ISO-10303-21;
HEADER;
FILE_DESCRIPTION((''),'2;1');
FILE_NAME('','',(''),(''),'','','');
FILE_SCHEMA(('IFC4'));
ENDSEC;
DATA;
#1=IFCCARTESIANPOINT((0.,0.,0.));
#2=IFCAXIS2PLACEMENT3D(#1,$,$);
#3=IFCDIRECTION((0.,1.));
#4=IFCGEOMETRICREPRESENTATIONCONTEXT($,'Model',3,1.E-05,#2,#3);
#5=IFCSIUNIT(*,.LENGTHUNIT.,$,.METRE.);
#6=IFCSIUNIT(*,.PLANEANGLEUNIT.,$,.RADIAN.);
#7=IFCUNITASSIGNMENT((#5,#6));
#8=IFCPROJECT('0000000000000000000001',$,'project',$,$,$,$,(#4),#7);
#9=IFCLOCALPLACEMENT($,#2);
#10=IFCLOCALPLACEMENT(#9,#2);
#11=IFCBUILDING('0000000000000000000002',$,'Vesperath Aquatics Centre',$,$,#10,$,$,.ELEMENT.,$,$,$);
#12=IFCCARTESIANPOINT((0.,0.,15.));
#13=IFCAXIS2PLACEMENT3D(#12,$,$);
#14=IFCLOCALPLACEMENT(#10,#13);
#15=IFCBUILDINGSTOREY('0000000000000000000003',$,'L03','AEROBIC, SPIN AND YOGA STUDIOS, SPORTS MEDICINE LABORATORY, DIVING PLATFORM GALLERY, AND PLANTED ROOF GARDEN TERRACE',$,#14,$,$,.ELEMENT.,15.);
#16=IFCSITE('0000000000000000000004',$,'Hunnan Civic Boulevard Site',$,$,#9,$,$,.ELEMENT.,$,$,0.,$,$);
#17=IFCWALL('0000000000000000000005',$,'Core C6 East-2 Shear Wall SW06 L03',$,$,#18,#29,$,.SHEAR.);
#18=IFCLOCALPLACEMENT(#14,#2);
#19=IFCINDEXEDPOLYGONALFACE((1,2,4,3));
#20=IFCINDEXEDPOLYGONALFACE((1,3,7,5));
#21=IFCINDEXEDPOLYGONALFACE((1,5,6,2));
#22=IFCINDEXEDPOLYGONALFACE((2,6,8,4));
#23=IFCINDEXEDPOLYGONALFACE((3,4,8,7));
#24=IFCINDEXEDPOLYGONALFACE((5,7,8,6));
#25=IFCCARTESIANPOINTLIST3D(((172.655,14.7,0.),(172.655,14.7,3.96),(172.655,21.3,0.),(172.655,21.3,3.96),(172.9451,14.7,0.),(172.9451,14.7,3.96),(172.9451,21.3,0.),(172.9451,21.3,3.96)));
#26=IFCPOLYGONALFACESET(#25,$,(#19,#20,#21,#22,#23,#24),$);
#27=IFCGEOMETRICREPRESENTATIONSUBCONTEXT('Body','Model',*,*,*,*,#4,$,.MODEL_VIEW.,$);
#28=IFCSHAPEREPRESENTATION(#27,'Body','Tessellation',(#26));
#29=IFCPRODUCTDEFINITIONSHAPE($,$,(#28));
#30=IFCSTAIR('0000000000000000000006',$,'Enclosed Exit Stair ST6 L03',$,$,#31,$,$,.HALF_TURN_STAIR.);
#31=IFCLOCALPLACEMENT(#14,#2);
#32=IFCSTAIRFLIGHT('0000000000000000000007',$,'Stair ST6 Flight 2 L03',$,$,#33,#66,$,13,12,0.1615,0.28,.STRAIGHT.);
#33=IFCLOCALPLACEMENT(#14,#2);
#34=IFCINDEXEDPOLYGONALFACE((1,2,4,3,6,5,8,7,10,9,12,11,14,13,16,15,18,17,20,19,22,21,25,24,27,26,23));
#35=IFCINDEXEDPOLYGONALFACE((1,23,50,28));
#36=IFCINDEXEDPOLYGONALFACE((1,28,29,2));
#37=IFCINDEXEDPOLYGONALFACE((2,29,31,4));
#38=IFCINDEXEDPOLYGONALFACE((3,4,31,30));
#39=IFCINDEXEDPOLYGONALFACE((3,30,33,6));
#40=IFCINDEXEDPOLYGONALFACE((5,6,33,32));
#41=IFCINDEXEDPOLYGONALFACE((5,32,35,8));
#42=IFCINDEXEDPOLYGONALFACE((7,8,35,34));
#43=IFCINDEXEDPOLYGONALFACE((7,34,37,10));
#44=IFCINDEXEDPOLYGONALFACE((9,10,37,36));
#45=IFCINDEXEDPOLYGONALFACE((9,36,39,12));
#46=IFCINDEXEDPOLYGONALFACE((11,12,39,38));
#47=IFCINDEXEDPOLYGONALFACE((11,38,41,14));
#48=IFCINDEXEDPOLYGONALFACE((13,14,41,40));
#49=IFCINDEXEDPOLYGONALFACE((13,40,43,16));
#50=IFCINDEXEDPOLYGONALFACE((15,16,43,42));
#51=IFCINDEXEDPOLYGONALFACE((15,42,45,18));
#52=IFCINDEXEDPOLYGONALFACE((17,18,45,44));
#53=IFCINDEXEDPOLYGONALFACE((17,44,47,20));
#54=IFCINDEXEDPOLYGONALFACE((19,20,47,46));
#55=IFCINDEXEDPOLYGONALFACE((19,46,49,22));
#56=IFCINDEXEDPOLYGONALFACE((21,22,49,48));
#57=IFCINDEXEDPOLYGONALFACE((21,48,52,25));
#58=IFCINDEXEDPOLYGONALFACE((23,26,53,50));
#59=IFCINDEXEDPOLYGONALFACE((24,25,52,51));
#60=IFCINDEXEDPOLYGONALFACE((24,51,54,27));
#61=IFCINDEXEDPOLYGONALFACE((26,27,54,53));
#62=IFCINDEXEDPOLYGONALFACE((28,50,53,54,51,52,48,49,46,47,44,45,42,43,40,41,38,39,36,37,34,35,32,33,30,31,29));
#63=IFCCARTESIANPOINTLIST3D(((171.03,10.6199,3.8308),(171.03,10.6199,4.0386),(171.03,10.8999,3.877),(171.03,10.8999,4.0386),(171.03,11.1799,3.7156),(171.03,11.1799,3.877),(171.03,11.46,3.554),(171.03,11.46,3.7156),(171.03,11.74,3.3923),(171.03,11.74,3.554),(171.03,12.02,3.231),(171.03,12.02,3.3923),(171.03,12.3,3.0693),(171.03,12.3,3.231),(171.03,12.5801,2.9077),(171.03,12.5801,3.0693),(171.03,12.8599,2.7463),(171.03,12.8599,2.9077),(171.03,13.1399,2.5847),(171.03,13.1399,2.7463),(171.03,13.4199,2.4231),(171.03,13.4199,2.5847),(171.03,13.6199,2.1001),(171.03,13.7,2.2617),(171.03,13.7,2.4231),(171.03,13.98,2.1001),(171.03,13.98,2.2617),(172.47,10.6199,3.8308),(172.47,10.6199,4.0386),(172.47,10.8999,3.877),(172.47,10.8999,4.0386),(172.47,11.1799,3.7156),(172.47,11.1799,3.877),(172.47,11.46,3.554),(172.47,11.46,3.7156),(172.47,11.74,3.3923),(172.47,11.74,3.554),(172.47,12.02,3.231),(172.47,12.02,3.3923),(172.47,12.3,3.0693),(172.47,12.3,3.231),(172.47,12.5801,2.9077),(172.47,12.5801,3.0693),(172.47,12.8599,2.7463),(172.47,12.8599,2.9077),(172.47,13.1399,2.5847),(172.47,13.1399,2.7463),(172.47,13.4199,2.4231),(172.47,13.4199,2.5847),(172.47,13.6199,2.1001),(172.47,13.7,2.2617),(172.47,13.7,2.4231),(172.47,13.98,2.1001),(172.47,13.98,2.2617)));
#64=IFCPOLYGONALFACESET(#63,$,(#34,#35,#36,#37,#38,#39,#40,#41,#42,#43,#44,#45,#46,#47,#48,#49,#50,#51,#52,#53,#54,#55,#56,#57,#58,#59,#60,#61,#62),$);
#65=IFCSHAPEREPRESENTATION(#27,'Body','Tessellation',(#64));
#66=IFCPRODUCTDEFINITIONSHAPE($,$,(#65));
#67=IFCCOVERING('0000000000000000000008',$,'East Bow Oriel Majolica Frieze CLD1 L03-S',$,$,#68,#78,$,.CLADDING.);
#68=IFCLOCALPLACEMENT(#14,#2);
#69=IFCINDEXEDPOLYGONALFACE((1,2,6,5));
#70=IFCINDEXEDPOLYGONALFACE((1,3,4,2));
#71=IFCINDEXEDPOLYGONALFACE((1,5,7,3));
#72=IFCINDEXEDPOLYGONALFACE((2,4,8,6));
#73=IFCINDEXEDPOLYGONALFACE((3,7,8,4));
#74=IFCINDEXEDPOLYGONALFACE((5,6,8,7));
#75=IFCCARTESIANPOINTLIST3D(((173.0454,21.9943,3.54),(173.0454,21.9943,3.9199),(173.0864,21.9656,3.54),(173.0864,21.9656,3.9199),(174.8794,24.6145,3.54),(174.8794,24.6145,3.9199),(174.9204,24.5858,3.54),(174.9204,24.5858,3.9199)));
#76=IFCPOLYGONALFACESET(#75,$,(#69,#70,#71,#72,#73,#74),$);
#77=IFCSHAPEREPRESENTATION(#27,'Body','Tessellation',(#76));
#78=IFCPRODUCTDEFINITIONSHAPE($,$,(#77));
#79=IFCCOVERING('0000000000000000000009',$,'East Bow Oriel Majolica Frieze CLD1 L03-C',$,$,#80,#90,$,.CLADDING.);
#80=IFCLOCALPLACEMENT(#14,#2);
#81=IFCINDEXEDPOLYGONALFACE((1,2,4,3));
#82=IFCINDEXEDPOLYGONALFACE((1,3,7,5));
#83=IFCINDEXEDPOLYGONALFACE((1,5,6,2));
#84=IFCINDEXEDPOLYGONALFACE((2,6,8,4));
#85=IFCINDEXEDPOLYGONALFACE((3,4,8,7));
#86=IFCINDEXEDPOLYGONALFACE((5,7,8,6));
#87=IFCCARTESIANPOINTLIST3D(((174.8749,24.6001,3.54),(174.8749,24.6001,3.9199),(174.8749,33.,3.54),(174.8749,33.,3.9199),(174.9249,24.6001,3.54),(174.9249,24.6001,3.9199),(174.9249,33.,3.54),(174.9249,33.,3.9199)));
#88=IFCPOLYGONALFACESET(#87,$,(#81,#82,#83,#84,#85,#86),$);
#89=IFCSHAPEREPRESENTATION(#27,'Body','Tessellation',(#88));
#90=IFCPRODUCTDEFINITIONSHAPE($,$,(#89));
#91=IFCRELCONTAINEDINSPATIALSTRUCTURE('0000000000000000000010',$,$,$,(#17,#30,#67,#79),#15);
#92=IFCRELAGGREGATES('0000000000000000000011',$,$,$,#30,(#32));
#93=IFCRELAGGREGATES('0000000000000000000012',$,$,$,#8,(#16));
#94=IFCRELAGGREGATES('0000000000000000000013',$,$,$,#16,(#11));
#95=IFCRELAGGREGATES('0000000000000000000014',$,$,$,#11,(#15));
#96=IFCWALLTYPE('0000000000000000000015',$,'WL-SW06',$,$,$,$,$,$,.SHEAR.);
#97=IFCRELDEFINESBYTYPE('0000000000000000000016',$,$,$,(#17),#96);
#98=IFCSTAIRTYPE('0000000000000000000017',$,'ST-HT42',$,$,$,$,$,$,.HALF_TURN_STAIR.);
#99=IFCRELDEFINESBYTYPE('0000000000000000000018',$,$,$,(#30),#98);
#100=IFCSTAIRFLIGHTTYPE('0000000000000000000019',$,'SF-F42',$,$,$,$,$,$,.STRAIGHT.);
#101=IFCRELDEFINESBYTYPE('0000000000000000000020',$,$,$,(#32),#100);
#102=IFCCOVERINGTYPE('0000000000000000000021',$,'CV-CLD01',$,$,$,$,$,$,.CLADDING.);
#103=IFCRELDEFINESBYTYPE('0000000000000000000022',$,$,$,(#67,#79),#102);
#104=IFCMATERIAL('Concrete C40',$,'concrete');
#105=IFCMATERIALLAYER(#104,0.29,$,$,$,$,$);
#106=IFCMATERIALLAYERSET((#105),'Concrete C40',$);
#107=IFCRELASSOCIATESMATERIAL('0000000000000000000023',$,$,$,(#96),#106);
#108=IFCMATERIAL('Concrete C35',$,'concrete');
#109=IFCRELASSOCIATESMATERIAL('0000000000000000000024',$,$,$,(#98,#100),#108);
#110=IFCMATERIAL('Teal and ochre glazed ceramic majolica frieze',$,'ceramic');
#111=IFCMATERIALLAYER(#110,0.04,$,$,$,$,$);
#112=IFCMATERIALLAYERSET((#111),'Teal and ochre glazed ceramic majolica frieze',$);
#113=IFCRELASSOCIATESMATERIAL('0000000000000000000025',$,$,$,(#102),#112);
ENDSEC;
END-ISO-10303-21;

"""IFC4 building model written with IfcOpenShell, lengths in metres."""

from ifc_helpers import new_model, si_unit, direction, frame, frame_2d, origin, place, context, subcontext, project, spatial, polyline, rectangle, outline, extrude, material, layer, layer_set, type_object, element, aggregate, save


model = new_model("IFC4")

# Units and contexts
model_context = context("Model", 3, precision=1e-05, world=origin(), true_north=direction((0.0, 1.0)))
body_context = subcontext(model_context, "Body", "Model", "MODEL_VIEW")
ifc_project = project(units=[si_unit("LENGTHUNIT", "METRE"), si_unit("PLANEANGLEUNIT", "RADIAN")], contexts=[model_context])

# Site, building, storey
site_placement = place(None, origin())
site = spatial("IfcSite", under=ifc_project, at=site_placement, Name="Hunnan Civic Boulevard Site", CompositionType="ELEMENT", RefElevation=0.0)
building_placement = place(site_placement, origin())
building = spatial("IfcBuilding", under=site, at=building_placement, Name="Vesperath Aquatics Centre", CompositionType="ELEMENT")
storey_placement = place(building_placement, frame((0.0, 0.0, 15.0)))
storey = spatial("IfcBuildingStorey", under=building, at=storey_placement, Name="L03", Description="AEROBIC, SPIN AND YOGA STUDIOS, SPORTS MEDICINE LABORATORY, DIVING PLATFORM GALLERY, AND PLANTED ROOF GARDEN TERRACE", CompositionType="ELEMENT", Elevation=15.0)

# Shared definitions
ifc_material_1 = material(Name="Concrete C40", Category="concrete")

# Wall
ifc_layer_1 = layer(ifc_material_1, 0.29)
ifc_layer_set_1 = layer_set([ifc_layer_1], Name="Concrete C40")
wall_type_1 = type_object("IfcWallType", Name="WL-SW06", PredefinedType="SHEAR", material=ifc_layer_set_1)
wall_1_placement = place(storey_placement, frame((172.8, 14.7, 0.0), z_axis=(0.0, 0.0, 1.0), x_axis=(0.0, 1.0, 0.0)))
element("IfcWall", 1, at=wall_1_placement, inside=storey, type_object=wall_type_1, Name="Core C6 East-2 Shear Wall SW06 L03", PredefinedType="SHEAR", context=body_context, shape_type="SweptSolid", body=[
    extrude(rectangle(XDim=6.6001, YDim=0.29, at=frame_2d((3.3, 0.0))), origin(), (0.0, 0.0, 1.0), 3.96),
])

# Stair, stair flight
ifc_material_2 = material(Name="Concrete C35", Category="concrete")
stair_type = type_object("IfcStairType", Name="ST-HT42", PredefinedType="HALF_TURN_STAIR", material=ifc_material_2)
stair_placement = place(storey_placement, origin())
stair = element("IfcStair", 2, at=stair_placement, inside=storey, type_object=stair_type, Name="Enclosed Exit Stair ST6 L03", PredefinedType="HALF_TURN_STAIR")
stair_flight_type = type_object("IfcStairFlightType", Name="SF-F42", PredefinedType="STRAIGHT", material=ifc_material_2)
stair_flight_placement = place(storey_placement, frame((171.75, 13.98, 2.1001), z_axis=(0.0, 0.0, 1.0), x_axis=(0.0, -1.0, 0.0)))
stair_flight = element("IfcStairFlight", 3, at=stair_flight_placement, type_object=stair_flight_type, Name="Stair ST6 Flight 2 L03", NumberOfRisers=13, NumberOfTreads=12, PredefinedType="STRAIGHT", RiserHeight=0.1615, TreadLength=0.28, context=body_context, shape_type="SweptSolid", body=[
    extrude(outline(polyline([(0.0, 0.0), (0.0, 0.1616), (0.28, 0.1616), (0.28, 0.323), (0.5601, 0.323), (0.5601, 0.4846), (0.8401, 0.4846), (0.8401, 0.6462), (1.1201, 0.6462), (1.1201, 0.8076), (1.3999, 0.8076), (1.3999, 0.9692), (1.6799, 0.9692), (1.6799, 1.1309), (1.96, 1.1309), (1.96, 1.2922), (2.24, 1.2922), (2.24, 1.4539), (2.52, 1.4539), (2.52, 1.6155), (2.8, 1.6155), (2.8, 1.7769), (3.0801, 1.7769), (3.0801, 1.9385), (3.3601, 1.9385), (3.3601, 2.1001), (3.3601, 1.7307), (0.3601, 0.0), (0.0, 0.0)])), frame((0.0, 0.72, 0.0), z_axis=(0.0, -1.0, 0.0), x_axis=(1.0, 0.0, 0.0)), (0.0, 0.0, 1.0), 1.4399),
])
aggregate(stair, [stair_flight])

# Coverings
ifc_material_3 = material(Name="Teal and ochre glazed ceramic majolica frieze", Category="ceramic")
ifc_layer_2 = layer(ifc_material_3, 0.04)
ifc_layer_set_2 = layer_set([ifc_layer_2], Name="Teal and ochre glazed ceramic majolica frieze")
covering_type = type_object("IfcCoveringType", Name="CV-CLD01", PredefinedType="CLADDING", material=ifc_layer_set_2)
covering_1_placement = place(storey_placement, frame((173.0659, 21.98, 3.54), z_axis=(0.0, 0.0, 1.0), x_axis=(0.573442, 0.819246, 0.0)))
element("IfcCovering", 4, at=covering_1_placement, inside=storey, type_object=covering_type, Name="East Bow Oriel Majolica Frieze CLD1 L03-S", PredefinedType="CLADDING", context=body_context, shape_type="SweptSolid", body=[
    extrude(rectangle(XDim=3.1982, YDim=0.05, at=frame_2d((1.5991, 0.0))), origin(), (0.0, 0.0, 1.0), 0.3799),
])
covering_2_placement = place(storey_placement, frame((174.8999, 24.6001, 3.54), z_axis=(0.0, 0.0, 1.0), x_axis=(0.0, 1.0, 0.0)))
element("IfcCovering", 5, at=covering_2_placement, inside=storey, type_object=covering_type, Name="East Bow Oriel Majolica Frieze CLD1 L03-C", PredefinedType="CLADDING", context=body_context, shape_type="SweptSolid", body=[
    extrude(rectangle(XDim=8.3999, YDim=0.05, at=frame_2d((4.2, 0.0))), origin(), (0.0, 0.0, 1.0), 0.3799),
])

save(model, "model.ifc")
